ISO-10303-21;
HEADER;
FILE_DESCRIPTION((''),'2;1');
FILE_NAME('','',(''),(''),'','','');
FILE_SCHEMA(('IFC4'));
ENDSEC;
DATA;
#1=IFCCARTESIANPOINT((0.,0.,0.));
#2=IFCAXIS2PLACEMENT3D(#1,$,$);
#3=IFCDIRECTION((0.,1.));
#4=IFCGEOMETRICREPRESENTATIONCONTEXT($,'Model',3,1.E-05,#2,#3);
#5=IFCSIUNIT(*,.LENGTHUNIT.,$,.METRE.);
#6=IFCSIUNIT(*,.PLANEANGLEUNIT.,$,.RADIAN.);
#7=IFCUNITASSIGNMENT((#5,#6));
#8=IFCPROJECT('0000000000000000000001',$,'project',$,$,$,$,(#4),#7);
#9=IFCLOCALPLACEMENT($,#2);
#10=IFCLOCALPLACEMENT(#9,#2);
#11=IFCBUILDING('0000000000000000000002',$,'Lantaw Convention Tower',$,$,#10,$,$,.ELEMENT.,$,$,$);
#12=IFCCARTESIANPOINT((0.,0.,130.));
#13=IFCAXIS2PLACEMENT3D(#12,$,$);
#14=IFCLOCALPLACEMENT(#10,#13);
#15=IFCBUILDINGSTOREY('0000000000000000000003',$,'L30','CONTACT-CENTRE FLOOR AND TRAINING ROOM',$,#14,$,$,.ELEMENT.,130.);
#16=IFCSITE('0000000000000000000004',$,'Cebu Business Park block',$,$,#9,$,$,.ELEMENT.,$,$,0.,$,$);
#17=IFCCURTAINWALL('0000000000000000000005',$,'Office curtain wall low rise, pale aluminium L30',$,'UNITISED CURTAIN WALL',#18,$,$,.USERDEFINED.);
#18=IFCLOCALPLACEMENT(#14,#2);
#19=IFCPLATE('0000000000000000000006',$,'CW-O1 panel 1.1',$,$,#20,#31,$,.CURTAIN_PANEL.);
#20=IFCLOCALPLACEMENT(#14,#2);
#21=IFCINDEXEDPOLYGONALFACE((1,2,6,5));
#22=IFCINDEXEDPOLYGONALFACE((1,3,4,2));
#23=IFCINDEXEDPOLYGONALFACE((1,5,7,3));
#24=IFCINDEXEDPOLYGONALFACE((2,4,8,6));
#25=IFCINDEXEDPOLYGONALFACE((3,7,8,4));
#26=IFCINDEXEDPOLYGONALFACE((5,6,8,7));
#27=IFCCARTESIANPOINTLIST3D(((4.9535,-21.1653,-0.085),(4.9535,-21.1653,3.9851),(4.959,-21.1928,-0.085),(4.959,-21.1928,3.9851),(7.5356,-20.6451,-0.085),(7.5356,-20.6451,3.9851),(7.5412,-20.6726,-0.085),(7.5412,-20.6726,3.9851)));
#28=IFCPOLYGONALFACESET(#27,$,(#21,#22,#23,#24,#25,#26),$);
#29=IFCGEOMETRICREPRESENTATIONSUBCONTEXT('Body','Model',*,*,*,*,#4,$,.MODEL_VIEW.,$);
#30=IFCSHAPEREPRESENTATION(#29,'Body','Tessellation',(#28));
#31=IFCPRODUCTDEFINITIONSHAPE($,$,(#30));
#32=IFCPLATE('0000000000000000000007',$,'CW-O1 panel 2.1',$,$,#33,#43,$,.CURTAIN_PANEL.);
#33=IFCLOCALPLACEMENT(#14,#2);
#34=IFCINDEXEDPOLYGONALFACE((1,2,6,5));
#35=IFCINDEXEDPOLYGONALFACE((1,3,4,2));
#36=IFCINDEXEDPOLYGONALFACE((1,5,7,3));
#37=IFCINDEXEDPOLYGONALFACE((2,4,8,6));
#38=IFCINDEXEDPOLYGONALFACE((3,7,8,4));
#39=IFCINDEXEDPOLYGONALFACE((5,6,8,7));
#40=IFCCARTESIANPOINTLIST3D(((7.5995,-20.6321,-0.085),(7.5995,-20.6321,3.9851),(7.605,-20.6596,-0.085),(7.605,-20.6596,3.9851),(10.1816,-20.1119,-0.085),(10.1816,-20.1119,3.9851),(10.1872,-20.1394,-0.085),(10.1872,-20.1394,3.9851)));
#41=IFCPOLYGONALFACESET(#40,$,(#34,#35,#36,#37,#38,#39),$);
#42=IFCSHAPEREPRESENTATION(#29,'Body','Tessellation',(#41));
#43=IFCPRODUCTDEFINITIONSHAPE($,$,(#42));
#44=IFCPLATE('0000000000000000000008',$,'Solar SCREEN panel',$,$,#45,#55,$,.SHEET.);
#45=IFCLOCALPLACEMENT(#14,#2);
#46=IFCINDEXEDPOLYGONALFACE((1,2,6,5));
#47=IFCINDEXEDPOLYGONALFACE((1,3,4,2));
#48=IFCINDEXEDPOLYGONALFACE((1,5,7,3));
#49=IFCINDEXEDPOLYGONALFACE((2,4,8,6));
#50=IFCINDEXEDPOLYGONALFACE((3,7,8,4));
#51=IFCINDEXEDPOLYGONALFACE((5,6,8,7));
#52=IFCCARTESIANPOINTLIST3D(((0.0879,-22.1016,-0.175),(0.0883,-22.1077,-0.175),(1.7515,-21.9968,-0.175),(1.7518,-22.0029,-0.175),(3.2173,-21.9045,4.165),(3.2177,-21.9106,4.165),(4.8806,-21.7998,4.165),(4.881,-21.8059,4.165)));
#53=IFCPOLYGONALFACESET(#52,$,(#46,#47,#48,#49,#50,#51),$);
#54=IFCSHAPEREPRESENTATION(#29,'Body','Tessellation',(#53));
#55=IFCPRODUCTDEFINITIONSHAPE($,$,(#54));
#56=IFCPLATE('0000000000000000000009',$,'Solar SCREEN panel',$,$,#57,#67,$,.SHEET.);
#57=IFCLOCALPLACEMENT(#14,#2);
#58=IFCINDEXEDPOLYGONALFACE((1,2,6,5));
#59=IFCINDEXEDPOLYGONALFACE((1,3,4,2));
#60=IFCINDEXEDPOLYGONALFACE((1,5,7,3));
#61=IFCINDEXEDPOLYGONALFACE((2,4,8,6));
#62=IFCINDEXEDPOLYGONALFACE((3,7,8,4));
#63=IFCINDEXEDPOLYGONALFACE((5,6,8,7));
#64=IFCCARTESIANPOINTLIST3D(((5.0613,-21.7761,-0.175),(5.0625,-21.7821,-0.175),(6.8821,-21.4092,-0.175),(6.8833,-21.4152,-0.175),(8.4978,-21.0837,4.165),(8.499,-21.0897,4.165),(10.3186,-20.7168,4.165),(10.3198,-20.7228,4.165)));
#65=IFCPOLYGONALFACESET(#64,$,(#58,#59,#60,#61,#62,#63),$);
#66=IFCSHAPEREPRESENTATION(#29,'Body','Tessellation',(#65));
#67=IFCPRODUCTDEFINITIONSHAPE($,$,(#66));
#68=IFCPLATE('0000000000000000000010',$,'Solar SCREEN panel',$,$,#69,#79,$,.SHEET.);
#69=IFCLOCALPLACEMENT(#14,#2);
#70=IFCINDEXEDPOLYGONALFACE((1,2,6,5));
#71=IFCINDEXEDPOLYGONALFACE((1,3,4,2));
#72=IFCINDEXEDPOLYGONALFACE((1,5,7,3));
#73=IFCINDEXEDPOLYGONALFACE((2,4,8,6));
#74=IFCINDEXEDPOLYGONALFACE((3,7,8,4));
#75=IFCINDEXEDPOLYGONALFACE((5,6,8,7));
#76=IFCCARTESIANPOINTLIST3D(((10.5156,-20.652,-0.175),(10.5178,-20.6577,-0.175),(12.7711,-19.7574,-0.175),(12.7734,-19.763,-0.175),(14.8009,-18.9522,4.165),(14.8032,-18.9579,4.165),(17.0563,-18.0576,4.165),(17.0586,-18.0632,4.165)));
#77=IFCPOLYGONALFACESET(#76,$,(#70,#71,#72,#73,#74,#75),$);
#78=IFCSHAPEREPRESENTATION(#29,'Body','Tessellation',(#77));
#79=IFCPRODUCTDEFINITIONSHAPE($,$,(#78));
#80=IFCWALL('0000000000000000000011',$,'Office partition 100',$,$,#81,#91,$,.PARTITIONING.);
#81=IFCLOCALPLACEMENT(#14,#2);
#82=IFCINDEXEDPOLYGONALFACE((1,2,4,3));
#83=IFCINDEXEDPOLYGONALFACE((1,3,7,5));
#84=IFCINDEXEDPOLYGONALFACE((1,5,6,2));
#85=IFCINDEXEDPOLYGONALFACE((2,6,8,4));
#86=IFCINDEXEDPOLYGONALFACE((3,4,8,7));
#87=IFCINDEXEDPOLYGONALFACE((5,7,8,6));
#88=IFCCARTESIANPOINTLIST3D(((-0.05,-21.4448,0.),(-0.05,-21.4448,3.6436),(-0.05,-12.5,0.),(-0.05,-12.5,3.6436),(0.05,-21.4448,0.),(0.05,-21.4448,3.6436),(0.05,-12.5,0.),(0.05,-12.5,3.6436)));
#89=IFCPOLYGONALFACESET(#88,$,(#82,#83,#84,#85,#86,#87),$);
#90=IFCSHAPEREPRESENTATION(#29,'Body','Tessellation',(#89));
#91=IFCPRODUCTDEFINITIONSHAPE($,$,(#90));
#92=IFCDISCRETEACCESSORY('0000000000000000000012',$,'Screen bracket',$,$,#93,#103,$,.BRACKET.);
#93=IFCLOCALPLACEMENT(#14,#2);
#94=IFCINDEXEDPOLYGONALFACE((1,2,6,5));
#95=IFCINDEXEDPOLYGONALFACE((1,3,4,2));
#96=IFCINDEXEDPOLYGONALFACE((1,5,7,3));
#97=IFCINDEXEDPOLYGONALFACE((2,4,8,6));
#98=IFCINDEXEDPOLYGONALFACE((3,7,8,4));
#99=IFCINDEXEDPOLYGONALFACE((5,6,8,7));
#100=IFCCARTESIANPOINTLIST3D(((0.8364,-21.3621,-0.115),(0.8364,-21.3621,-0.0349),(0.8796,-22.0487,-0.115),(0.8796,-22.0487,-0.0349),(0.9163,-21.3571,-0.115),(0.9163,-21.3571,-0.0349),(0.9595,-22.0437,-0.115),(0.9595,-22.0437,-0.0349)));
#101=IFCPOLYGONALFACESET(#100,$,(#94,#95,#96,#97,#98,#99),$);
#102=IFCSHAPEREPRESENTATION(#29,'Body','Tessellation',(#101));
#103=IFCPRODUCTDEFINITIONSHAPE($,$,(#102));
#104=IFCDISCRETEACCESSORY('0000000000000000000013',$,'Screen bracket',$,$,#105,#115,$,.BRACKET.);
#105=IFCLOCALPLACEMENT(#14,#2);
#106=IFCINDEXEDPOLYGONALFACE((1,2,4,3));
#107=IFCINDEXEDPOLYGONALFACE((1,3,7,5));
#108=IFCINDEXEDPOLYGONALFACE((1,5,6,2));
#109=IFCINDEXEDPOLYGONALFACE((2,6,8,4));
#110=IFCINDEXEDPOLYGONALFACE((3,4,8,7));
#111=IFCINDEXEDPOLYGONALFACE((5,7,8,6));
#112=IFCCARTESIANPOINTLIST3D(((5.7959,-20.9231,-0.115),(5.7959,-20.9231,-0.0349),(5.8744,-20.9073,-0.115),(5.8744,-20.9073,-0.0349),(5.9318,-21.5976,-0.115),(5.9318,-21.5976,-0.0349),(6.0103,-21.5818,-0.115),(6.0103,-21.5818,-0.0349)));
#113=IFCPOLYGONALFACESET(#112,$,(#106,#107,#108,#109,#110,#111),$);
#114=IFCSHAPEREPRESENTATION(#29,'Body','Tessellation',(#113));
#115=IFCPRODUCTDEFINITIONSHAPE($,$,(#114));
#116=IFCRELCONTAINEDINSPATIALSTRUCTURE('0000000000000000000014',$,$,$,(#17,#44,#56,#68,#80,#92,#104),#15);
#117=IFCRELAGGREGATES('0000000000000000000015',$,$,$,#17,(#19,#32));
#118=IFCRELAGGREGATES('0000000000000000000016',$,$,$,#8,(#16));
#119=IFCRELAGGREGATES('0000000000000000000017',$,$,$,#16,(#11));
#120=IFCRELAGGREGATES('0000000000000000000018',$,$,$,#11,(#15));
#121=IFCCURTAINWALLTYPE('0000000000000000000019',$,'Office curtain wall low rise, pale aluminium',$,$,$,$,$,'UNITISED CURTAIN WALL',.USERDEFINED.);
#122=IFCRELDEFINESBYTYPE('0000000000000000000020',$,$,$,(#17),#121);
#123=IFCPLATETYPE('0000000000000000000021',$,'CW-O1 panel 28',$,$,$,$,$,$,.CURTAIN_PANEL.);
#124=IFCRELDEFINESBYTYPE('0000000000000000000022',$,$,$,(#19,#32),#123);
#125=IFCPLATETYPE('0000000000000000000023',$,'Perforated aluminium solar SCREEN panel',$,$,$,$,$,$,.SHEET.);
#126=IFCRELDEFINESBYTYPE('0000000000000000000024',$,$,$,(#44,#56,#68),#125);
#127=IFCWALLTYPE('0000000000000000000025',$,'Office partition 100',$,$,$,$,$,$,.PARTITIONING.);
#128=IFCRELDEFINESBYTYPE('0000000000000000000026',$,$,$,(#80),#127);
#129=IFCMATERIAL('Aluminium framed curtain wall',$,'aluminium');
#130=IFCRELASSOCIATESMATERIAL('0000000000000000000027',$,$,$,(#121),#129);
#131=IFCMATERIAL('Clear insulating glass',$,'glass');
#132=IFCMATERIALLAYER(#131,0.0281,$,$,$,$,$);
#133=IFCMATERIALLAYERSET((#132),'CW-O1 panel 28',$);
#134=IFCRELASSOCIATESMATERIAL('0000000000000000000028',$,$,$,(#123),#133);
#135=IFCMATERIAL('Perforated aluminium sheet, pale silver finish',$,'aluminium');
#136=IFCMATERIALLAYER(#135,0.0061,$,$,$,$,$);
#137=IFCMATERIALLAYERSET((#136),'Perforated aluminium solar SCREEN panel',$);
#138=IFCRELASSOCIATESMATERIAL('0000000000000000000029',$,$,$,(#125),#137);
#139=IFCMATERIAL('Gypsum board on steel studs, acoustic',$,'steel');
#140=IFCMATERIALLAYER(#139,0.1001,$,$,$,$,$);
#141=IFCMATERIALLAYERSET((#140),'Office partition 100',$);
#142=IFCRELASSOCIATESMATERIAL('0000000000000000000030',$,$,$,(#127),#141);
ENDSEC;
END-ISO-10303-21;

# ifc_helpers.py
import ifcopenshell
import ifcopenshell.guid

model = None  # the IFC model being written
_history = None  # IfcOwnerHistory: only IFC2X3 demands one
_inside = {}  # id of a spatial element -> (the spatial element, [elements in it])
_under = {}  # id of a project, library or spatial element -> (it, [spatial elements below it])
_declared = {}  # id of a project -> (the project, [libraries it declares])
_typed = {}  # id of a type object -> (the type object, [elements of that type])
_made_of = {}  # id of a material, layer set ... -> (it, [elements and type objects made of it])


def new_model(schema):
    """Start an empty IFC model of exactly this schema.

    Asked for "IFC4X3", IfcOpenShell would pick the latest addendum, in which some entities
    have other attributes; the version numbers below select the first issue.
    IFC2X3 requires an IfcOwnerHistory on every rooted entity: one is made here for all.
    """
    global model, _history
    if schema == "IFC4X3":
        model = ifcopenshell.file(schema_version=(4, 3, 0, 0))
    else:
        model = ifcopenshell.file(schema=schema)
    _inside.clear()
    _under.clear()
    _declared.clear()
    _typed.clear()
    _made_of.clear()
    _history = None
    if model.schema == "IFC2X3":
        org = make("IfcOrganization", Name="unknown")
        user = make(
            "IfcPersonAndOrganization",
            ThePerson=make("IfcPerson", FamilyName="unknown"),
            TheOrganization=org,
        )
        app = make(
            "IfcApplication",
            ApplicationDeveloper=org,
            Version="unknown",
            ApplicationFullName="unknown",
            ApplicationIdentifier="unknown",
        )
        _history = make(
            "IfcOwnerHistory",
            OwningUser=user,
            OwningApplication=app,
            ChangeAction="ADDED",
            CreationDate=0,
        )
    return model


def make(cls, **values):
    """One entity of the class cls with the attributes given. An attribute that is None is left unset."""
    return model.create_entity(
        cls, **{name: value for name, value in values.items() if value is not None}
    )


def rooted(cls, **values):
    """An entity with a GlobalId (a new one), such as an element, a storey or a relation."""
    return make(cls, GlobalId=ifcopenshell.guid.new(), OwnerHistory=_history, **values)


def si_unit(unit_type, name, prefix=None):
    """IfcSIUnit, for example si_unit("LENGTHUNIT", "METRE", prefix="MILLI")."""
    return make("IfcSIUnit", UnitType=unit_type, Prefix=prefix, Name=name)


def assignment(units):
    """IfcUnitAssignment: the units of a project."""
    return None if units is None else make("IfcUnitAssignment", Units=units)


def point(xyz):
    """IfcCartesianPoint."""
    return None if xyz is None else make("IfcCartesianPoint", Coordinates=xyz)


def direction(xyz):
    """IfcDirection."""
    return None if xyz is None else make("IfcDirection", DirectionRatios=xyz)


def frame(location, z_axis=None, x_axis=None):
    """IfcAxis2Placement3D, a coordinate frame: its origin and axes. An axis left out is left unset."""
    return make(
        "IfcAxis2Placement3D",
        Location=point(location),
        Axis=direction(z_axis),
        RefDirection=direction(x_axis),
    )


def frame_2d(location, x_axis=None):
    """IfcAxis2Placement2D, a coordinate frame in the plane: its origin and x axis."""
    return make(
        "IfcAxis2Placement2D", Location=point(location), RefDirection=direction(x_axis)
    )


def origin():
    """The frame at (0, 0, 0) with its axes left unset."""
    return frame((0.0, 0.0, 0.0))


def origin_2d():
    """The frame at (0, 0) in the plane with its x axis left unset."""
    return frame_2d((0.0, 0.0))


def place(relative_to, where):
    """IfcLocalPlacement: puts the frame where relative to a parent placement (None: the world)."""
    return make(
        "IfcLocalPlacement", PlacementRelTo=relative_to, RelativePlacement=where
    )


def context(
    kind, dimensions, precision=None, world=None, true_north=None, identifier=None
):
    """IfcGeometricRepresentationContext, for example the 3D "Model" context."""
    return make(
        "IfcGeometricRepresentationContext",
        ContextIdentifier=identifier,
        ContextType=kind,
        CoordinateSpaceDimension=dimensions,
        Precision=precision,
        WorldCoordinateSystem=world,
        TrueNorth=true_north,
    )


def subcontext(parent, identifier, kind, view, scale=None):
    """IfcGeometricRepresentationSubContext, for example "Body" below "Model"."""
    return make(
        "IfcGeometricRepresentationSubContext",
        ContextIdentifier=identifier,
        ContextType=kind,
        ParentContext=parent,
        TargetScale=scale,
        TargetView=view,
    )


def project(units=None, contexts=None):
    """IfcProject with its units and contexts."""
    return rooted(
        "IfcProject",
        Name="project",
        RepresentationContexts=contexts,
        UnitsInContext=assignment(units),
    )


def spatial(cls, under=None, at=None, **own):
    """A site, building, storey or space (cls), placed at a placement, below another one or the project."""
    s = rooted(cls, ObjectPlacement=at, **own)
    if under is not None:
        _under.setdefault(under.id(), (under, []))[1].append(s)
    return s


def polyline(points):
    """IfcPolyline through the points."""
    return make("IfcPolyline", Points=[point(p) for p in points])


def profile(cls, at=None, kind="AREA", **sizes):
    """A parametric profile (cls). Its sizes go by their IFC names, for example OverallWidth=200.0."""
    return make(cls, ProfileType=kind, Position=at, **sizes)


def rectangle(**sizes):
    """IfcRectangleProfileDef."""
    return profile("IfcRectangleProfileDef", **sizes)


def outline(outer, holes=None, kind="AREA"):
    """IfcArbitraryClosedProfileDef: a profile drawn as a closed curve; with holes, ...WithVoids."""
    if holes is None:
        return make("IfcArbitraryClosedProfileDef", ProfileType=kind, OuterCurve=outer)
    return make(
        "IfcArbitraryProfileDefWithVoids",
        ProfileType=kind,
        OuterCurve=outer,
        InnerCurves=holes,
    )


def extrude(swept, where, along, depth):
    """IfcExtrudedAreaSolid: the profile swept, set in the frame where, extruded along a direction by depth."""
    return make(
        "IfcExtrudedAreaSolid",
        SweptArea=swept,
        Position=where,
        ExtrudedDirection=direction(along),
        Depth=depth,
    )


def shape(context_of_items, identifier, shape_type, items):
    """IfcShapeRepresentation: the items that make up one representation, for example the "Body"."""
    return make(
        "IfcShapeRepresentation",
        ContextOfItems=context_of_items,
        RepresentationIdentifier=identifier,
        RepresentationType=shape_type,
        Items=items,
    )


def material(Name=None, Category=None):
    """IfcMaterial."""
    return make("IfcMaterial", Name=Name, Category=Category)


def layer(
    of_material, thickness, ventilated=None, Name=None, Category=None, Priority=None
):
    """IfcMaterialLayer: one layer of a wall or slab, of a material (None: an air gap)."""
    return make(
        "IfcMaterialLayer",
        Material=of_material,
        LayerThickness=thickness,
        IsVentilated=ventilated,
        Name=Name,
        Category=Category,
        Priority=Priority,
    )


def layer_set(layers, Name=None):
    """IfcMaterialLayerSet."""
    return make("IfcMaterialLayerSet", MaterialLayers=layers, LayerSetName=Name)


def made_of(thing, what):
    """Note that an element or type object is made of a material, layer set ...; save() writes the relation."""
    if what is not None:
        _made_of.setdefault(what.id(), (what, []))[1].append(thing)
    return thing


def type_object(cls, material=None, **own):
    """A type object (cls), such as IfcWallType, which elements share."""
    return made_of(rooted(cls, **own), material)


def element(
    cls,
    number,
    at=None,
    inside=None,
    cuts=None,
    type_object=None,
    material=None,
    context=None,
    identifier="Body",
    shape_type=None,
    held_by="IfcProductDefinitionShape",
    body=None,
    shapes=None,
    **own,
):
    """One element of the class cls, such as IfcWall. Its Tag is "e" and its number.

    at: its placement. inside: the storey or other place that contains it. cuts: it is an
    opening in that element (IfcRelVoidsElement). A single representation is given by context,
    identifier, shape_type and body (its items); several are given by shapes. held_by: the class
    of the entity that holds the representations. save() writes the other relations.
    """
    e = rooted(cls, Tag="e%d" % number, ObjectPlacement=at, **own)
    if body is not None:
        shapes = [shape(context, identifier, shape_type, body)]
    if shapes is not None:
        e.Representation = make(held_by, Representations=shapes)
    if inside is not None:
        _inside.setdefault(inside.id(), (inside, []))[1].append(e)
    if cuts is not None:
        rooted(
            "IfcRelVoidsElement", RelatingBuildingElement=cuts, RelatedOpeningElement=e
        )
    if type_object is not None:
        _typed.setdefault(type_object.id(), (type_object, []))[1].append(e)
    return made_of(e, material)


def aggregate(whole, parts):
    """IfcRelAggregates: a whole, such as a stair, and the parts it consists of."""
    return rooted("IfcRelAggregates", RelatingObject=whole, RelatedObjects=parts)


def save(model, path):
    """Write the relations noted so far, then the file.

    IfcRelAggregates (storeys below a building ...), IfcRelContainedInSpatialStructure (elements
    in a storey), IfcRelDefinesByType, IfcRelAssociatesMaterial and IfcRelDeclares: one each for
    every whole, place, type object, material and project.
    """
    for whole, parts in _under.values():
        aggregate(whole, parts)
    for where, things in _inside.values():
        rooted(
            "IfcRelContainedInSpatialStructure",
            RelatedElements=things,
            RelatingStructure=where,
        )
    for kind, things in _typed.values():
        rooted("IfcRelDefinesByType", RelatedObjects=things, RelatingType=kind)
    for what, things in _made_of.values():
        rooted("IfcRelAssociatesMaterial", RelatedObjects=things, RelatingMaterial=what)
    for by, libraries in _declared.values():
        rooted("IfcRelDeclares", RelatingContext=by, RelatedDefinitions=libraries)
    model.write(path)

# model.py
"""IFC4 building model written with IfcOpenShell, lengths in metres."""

from ifc_helpers import new_model, si_unit, direction, frame, frame_2d, origin, origin_2d, place, context, subcontext, project, spatial, polyline, rectangle, outline, extrude, material, layer, layer_set, type_object, element, aggregate, save


model = new_model("IFC4")

# Units and contexts
model_context = context("Model", 3, precision=1e-05, world=origin(), true_north=direction((0.0, 1.0)))
body_context = subcontext(model_context, "Body", "Model", "MODEL_VIEW")
ifc_project = project(units=[si_unit("LENGTHUNIT", "METRE"), si_unit("PLANEANGLEUNIT", "RADIAN")], contexts=[model_context])

# Site, building, storey
site_placement = place(None, origin())
site = spatial("IfcSite", under=ifc_project, at=site_placement, Name="Cebu Business Park block", CompositionType="ELEMENT", RefElevation=0.0)
building_placement = place(site_placement, origin())
building = spatial("IfcBuilding", under=site, at=building_placement, Name="Lantaw Convention Tower", CompositionType="ELEMENT")
storey_placement = place(building_placement, frame((0.0, 0.0, 130.0)))
storey = spatial("IfcBuildingStorey", under=building, at=storey_placement, Name="L30", Description="CONTACT-CENTRE FLOOR AND TRAINING ROOM", CompositionType="ELEMENT", Elevation=130.0)

# Curtain wall
ifc_material_1 = material(Name="Aluminium framed curtain wall", Category="aluminium")
curtain_wall_type = type_object("IfcCurtainWallType", Name="Office curtain wall low rise, pale aluminium", ElementType="UNITISED CURTAIN WALL", PredefinedType="USERDEFINED", material=ifc_material_1)
curtain_wall_1_placement = place(storey_placement, origin())
curtain_wall_1 = element("IfcCurtainWall", 1, at=curtain_wall_1_placement, inside=storey, type_object=curtain_wall_type, Name="Office curtain wall low rise, pale aluminium L30", ObjectType="UNITISED CURTAIN WALL", PredefinedType="USERDEFINED")

# Plates
ifc_material_2 = material(Name="Clear insulating glass", Category="glass")
ifc_layer_1 = layer(ifc_material_2, 0.0281)
ifc_layer_set_1 = layer_set([ifc_layer_1], Name="CW-O1 panel 28")
plate_type_1 = type_object("IfcPlateType", Name="CW-O1 panel 28", PredefinedType="CURTAIN_PANEL", material=ifc_layer_set_1)
plate_1_placement = place(storey_placement, frame((6.2473, -20.9189, -0.085), z_axis=(0.0, 0.0, 1.0), x_axis=(0.980302, 0.197507, 0.0)))
plate_1 = element("IfcPlate", 2, at=plate_1_placement, type_object=plate_type_1, Name="CW-O1 panel 1.1", PredefinedType="CURTAIN_PANEL", context=body_context, shape_type="SweptSolid", body=[
    extrude(rectangle(XDim=2.634, YDim=0.0281, at=origin_2d()), origin(), (0.0, 0.0, 1.0), 4.0701),
])
plate_2_placement = place(storey_placement, frame((8.8933, -20.3857, -0.085), z_axis=(0.0, 0.0, 1.0), x_axis=(0.980302, 0.197507, 0.0)))
plate_2 = element("IfcPlate", 3, at=plate_2_placement, type_object=plate_type_1, Name="CW-O1 panel 2.1", PredefinedType="CURTAIN_PANEL", context=body_context, shape_type="SweptSolid", body=[
    extrude(rectangle(XDim=2.634, YDim=0.0281, at=origin_2d()), origin(), (0.0, 0.0, 1.0), 4.0701),
])
aggregate(curtain_wall_1, [plate_1, plate_2])

# Plates
ifc_material_3 = material(Name="Perforated aluminium sheet, pale silver finish", Category="aluminium")
ifc_layer_2 = layer(ifc_material_3, 0.0061)
ifc_layer_set_2 = layer_set([ifc_layer_2], Name="Perforated aluminium solar SCREEN panel")
plate_type_2 = type_object("IfcPlateType", Name="Perforated aluminium solar SCREEN panel", PredefinedType="SHEET", material=ifc_layer_set_2)
plate_3_placement = place(storey_placement, frame((0.0879, -22.1016, -0.175), z_axis=(-0.062839, 0.998024, 0.000002), x_axis=(0.998024, 0.062839, 0.0)))
element("IfcPlate", 4, at=plate_3_placement, inside=storey, type_object=plate_type_2, Name="Solar SCREEN panel", PredefinedType="SHEET", context=body_context, shape_type="SweptSolid", body=[
    extrude(outline(polyline([(0.0, 0.0), (1.6669, 0.0), (4.8022, -4.3401), (3.1356, -4.3401), (0.0, 0.0)])), origin(), (0.0, 0.0, -1.0), 0.0061),
])
plate_4_placement = place(storey_placement, frame((5.0613, -21.7761, -0.175), z_axis=(-0.197557, 0.980291, 0.000039), x_axis=(0.980291, 0.197557, 0.0)))
element("IfcPlate", 5, at=plate_4_placement, inside=storey, type_object=plate_type_2, Name="Solar SCREEN panel", PredefinedType="SHEET", context=body_context, shape_type="SweptSolid", body=[
    extrude(outline(polyline([(0.0, 0.0), (1.8574, 0.0), (5.363, -4.3401), (3.5056, -4.3401), (0.0, 0.0)])), origin(), (0.0, 0.0, -1.0), 0.0061),
])
plate_5_placement = place(storey_placement, frame((10.5178, -20.6577, -0.175), z_axis=(0.368709, -0.929545, 0.000011), x_axis=(0.929545, 0.368709, 0.0)))
element("IfcPlate", 6, at=plate_5_placement, inside=storey, type_object=plate_type_2, Name="Solar SCREEN panel", PredefinedType="SHEET", context=body_context, shape_type="SweptSolid", body=[
    extrude(outline(polyline([(0.0, 0.0), (2.4265, 0.0), (7.0365, 4.3401), (4.6102, 4.3401), (0.0, 0.0)])), origin(), (0.0, 0.0, -1.0), 0.0061),
])

# Wall
ifc_material_4 = material(Name="Gypsum board on steel studs, acoustic", Category="steel")
ifc_layer_3 = layer(ifc_material_4, 0.1001)
ifc_layer_set_3 = layer_set([ifc_layer_3], Name="Office partition 100")
wall_type = type_object("IfcWallType", Name="Office partition 100", PredefinedType="PARTITIONING", material=ifc_layer_set_3)
wall_placement = place(storey_placement, frame((0.0, -21.4448, 0.0), z_axis=(0.0, 0.0, 1.0), x_axis=(0.0, 1.0, 0.0)))
element("IfcWall", 7, at=wall_placement, inside=storey, type_object=wall_type, Name="Office partition 100", PredefinedType="PARTITIONING", context=body_context, shape_type="SweptSolid", body=[
    extrude(rectangle(XDim=8.9448, YDim=0.1001, at=frame_2d((4.4724, 0.0))), origin(), (0.0, 0.0, 1.0), 3.6436),
])

# Discrete accessories
for number, where, z_axis, x_axis, name in (
    (8, (0.8979, -21.7029, -0.115), (0.0, 0.0, 1.0), (0.998022, 0.062865, 0.0), "Screen bracket"),
    (9, (5.9031, -21.2524, -0.115), (0.0, 0.0, 1.0), (0.980302, 0.197507, 0.0), "Screen bracket"),
):
    element("IfcDiscreteAccessory", number, at=place(storey_placement, frame(where, z_axis=z_axis, x_axis=x_axis)), inside=storey, Name=name, PredefinedType="BRACKET", context=body_context, shape_type="SweptSolid", body=[
        extrude(rectangle(XDim=0.0801, YDim=0.688, at=origin_2d()), origin(), (0.0, 0.0, 1.0), 0.0801),
    ])

save(model, "model.ifc")
